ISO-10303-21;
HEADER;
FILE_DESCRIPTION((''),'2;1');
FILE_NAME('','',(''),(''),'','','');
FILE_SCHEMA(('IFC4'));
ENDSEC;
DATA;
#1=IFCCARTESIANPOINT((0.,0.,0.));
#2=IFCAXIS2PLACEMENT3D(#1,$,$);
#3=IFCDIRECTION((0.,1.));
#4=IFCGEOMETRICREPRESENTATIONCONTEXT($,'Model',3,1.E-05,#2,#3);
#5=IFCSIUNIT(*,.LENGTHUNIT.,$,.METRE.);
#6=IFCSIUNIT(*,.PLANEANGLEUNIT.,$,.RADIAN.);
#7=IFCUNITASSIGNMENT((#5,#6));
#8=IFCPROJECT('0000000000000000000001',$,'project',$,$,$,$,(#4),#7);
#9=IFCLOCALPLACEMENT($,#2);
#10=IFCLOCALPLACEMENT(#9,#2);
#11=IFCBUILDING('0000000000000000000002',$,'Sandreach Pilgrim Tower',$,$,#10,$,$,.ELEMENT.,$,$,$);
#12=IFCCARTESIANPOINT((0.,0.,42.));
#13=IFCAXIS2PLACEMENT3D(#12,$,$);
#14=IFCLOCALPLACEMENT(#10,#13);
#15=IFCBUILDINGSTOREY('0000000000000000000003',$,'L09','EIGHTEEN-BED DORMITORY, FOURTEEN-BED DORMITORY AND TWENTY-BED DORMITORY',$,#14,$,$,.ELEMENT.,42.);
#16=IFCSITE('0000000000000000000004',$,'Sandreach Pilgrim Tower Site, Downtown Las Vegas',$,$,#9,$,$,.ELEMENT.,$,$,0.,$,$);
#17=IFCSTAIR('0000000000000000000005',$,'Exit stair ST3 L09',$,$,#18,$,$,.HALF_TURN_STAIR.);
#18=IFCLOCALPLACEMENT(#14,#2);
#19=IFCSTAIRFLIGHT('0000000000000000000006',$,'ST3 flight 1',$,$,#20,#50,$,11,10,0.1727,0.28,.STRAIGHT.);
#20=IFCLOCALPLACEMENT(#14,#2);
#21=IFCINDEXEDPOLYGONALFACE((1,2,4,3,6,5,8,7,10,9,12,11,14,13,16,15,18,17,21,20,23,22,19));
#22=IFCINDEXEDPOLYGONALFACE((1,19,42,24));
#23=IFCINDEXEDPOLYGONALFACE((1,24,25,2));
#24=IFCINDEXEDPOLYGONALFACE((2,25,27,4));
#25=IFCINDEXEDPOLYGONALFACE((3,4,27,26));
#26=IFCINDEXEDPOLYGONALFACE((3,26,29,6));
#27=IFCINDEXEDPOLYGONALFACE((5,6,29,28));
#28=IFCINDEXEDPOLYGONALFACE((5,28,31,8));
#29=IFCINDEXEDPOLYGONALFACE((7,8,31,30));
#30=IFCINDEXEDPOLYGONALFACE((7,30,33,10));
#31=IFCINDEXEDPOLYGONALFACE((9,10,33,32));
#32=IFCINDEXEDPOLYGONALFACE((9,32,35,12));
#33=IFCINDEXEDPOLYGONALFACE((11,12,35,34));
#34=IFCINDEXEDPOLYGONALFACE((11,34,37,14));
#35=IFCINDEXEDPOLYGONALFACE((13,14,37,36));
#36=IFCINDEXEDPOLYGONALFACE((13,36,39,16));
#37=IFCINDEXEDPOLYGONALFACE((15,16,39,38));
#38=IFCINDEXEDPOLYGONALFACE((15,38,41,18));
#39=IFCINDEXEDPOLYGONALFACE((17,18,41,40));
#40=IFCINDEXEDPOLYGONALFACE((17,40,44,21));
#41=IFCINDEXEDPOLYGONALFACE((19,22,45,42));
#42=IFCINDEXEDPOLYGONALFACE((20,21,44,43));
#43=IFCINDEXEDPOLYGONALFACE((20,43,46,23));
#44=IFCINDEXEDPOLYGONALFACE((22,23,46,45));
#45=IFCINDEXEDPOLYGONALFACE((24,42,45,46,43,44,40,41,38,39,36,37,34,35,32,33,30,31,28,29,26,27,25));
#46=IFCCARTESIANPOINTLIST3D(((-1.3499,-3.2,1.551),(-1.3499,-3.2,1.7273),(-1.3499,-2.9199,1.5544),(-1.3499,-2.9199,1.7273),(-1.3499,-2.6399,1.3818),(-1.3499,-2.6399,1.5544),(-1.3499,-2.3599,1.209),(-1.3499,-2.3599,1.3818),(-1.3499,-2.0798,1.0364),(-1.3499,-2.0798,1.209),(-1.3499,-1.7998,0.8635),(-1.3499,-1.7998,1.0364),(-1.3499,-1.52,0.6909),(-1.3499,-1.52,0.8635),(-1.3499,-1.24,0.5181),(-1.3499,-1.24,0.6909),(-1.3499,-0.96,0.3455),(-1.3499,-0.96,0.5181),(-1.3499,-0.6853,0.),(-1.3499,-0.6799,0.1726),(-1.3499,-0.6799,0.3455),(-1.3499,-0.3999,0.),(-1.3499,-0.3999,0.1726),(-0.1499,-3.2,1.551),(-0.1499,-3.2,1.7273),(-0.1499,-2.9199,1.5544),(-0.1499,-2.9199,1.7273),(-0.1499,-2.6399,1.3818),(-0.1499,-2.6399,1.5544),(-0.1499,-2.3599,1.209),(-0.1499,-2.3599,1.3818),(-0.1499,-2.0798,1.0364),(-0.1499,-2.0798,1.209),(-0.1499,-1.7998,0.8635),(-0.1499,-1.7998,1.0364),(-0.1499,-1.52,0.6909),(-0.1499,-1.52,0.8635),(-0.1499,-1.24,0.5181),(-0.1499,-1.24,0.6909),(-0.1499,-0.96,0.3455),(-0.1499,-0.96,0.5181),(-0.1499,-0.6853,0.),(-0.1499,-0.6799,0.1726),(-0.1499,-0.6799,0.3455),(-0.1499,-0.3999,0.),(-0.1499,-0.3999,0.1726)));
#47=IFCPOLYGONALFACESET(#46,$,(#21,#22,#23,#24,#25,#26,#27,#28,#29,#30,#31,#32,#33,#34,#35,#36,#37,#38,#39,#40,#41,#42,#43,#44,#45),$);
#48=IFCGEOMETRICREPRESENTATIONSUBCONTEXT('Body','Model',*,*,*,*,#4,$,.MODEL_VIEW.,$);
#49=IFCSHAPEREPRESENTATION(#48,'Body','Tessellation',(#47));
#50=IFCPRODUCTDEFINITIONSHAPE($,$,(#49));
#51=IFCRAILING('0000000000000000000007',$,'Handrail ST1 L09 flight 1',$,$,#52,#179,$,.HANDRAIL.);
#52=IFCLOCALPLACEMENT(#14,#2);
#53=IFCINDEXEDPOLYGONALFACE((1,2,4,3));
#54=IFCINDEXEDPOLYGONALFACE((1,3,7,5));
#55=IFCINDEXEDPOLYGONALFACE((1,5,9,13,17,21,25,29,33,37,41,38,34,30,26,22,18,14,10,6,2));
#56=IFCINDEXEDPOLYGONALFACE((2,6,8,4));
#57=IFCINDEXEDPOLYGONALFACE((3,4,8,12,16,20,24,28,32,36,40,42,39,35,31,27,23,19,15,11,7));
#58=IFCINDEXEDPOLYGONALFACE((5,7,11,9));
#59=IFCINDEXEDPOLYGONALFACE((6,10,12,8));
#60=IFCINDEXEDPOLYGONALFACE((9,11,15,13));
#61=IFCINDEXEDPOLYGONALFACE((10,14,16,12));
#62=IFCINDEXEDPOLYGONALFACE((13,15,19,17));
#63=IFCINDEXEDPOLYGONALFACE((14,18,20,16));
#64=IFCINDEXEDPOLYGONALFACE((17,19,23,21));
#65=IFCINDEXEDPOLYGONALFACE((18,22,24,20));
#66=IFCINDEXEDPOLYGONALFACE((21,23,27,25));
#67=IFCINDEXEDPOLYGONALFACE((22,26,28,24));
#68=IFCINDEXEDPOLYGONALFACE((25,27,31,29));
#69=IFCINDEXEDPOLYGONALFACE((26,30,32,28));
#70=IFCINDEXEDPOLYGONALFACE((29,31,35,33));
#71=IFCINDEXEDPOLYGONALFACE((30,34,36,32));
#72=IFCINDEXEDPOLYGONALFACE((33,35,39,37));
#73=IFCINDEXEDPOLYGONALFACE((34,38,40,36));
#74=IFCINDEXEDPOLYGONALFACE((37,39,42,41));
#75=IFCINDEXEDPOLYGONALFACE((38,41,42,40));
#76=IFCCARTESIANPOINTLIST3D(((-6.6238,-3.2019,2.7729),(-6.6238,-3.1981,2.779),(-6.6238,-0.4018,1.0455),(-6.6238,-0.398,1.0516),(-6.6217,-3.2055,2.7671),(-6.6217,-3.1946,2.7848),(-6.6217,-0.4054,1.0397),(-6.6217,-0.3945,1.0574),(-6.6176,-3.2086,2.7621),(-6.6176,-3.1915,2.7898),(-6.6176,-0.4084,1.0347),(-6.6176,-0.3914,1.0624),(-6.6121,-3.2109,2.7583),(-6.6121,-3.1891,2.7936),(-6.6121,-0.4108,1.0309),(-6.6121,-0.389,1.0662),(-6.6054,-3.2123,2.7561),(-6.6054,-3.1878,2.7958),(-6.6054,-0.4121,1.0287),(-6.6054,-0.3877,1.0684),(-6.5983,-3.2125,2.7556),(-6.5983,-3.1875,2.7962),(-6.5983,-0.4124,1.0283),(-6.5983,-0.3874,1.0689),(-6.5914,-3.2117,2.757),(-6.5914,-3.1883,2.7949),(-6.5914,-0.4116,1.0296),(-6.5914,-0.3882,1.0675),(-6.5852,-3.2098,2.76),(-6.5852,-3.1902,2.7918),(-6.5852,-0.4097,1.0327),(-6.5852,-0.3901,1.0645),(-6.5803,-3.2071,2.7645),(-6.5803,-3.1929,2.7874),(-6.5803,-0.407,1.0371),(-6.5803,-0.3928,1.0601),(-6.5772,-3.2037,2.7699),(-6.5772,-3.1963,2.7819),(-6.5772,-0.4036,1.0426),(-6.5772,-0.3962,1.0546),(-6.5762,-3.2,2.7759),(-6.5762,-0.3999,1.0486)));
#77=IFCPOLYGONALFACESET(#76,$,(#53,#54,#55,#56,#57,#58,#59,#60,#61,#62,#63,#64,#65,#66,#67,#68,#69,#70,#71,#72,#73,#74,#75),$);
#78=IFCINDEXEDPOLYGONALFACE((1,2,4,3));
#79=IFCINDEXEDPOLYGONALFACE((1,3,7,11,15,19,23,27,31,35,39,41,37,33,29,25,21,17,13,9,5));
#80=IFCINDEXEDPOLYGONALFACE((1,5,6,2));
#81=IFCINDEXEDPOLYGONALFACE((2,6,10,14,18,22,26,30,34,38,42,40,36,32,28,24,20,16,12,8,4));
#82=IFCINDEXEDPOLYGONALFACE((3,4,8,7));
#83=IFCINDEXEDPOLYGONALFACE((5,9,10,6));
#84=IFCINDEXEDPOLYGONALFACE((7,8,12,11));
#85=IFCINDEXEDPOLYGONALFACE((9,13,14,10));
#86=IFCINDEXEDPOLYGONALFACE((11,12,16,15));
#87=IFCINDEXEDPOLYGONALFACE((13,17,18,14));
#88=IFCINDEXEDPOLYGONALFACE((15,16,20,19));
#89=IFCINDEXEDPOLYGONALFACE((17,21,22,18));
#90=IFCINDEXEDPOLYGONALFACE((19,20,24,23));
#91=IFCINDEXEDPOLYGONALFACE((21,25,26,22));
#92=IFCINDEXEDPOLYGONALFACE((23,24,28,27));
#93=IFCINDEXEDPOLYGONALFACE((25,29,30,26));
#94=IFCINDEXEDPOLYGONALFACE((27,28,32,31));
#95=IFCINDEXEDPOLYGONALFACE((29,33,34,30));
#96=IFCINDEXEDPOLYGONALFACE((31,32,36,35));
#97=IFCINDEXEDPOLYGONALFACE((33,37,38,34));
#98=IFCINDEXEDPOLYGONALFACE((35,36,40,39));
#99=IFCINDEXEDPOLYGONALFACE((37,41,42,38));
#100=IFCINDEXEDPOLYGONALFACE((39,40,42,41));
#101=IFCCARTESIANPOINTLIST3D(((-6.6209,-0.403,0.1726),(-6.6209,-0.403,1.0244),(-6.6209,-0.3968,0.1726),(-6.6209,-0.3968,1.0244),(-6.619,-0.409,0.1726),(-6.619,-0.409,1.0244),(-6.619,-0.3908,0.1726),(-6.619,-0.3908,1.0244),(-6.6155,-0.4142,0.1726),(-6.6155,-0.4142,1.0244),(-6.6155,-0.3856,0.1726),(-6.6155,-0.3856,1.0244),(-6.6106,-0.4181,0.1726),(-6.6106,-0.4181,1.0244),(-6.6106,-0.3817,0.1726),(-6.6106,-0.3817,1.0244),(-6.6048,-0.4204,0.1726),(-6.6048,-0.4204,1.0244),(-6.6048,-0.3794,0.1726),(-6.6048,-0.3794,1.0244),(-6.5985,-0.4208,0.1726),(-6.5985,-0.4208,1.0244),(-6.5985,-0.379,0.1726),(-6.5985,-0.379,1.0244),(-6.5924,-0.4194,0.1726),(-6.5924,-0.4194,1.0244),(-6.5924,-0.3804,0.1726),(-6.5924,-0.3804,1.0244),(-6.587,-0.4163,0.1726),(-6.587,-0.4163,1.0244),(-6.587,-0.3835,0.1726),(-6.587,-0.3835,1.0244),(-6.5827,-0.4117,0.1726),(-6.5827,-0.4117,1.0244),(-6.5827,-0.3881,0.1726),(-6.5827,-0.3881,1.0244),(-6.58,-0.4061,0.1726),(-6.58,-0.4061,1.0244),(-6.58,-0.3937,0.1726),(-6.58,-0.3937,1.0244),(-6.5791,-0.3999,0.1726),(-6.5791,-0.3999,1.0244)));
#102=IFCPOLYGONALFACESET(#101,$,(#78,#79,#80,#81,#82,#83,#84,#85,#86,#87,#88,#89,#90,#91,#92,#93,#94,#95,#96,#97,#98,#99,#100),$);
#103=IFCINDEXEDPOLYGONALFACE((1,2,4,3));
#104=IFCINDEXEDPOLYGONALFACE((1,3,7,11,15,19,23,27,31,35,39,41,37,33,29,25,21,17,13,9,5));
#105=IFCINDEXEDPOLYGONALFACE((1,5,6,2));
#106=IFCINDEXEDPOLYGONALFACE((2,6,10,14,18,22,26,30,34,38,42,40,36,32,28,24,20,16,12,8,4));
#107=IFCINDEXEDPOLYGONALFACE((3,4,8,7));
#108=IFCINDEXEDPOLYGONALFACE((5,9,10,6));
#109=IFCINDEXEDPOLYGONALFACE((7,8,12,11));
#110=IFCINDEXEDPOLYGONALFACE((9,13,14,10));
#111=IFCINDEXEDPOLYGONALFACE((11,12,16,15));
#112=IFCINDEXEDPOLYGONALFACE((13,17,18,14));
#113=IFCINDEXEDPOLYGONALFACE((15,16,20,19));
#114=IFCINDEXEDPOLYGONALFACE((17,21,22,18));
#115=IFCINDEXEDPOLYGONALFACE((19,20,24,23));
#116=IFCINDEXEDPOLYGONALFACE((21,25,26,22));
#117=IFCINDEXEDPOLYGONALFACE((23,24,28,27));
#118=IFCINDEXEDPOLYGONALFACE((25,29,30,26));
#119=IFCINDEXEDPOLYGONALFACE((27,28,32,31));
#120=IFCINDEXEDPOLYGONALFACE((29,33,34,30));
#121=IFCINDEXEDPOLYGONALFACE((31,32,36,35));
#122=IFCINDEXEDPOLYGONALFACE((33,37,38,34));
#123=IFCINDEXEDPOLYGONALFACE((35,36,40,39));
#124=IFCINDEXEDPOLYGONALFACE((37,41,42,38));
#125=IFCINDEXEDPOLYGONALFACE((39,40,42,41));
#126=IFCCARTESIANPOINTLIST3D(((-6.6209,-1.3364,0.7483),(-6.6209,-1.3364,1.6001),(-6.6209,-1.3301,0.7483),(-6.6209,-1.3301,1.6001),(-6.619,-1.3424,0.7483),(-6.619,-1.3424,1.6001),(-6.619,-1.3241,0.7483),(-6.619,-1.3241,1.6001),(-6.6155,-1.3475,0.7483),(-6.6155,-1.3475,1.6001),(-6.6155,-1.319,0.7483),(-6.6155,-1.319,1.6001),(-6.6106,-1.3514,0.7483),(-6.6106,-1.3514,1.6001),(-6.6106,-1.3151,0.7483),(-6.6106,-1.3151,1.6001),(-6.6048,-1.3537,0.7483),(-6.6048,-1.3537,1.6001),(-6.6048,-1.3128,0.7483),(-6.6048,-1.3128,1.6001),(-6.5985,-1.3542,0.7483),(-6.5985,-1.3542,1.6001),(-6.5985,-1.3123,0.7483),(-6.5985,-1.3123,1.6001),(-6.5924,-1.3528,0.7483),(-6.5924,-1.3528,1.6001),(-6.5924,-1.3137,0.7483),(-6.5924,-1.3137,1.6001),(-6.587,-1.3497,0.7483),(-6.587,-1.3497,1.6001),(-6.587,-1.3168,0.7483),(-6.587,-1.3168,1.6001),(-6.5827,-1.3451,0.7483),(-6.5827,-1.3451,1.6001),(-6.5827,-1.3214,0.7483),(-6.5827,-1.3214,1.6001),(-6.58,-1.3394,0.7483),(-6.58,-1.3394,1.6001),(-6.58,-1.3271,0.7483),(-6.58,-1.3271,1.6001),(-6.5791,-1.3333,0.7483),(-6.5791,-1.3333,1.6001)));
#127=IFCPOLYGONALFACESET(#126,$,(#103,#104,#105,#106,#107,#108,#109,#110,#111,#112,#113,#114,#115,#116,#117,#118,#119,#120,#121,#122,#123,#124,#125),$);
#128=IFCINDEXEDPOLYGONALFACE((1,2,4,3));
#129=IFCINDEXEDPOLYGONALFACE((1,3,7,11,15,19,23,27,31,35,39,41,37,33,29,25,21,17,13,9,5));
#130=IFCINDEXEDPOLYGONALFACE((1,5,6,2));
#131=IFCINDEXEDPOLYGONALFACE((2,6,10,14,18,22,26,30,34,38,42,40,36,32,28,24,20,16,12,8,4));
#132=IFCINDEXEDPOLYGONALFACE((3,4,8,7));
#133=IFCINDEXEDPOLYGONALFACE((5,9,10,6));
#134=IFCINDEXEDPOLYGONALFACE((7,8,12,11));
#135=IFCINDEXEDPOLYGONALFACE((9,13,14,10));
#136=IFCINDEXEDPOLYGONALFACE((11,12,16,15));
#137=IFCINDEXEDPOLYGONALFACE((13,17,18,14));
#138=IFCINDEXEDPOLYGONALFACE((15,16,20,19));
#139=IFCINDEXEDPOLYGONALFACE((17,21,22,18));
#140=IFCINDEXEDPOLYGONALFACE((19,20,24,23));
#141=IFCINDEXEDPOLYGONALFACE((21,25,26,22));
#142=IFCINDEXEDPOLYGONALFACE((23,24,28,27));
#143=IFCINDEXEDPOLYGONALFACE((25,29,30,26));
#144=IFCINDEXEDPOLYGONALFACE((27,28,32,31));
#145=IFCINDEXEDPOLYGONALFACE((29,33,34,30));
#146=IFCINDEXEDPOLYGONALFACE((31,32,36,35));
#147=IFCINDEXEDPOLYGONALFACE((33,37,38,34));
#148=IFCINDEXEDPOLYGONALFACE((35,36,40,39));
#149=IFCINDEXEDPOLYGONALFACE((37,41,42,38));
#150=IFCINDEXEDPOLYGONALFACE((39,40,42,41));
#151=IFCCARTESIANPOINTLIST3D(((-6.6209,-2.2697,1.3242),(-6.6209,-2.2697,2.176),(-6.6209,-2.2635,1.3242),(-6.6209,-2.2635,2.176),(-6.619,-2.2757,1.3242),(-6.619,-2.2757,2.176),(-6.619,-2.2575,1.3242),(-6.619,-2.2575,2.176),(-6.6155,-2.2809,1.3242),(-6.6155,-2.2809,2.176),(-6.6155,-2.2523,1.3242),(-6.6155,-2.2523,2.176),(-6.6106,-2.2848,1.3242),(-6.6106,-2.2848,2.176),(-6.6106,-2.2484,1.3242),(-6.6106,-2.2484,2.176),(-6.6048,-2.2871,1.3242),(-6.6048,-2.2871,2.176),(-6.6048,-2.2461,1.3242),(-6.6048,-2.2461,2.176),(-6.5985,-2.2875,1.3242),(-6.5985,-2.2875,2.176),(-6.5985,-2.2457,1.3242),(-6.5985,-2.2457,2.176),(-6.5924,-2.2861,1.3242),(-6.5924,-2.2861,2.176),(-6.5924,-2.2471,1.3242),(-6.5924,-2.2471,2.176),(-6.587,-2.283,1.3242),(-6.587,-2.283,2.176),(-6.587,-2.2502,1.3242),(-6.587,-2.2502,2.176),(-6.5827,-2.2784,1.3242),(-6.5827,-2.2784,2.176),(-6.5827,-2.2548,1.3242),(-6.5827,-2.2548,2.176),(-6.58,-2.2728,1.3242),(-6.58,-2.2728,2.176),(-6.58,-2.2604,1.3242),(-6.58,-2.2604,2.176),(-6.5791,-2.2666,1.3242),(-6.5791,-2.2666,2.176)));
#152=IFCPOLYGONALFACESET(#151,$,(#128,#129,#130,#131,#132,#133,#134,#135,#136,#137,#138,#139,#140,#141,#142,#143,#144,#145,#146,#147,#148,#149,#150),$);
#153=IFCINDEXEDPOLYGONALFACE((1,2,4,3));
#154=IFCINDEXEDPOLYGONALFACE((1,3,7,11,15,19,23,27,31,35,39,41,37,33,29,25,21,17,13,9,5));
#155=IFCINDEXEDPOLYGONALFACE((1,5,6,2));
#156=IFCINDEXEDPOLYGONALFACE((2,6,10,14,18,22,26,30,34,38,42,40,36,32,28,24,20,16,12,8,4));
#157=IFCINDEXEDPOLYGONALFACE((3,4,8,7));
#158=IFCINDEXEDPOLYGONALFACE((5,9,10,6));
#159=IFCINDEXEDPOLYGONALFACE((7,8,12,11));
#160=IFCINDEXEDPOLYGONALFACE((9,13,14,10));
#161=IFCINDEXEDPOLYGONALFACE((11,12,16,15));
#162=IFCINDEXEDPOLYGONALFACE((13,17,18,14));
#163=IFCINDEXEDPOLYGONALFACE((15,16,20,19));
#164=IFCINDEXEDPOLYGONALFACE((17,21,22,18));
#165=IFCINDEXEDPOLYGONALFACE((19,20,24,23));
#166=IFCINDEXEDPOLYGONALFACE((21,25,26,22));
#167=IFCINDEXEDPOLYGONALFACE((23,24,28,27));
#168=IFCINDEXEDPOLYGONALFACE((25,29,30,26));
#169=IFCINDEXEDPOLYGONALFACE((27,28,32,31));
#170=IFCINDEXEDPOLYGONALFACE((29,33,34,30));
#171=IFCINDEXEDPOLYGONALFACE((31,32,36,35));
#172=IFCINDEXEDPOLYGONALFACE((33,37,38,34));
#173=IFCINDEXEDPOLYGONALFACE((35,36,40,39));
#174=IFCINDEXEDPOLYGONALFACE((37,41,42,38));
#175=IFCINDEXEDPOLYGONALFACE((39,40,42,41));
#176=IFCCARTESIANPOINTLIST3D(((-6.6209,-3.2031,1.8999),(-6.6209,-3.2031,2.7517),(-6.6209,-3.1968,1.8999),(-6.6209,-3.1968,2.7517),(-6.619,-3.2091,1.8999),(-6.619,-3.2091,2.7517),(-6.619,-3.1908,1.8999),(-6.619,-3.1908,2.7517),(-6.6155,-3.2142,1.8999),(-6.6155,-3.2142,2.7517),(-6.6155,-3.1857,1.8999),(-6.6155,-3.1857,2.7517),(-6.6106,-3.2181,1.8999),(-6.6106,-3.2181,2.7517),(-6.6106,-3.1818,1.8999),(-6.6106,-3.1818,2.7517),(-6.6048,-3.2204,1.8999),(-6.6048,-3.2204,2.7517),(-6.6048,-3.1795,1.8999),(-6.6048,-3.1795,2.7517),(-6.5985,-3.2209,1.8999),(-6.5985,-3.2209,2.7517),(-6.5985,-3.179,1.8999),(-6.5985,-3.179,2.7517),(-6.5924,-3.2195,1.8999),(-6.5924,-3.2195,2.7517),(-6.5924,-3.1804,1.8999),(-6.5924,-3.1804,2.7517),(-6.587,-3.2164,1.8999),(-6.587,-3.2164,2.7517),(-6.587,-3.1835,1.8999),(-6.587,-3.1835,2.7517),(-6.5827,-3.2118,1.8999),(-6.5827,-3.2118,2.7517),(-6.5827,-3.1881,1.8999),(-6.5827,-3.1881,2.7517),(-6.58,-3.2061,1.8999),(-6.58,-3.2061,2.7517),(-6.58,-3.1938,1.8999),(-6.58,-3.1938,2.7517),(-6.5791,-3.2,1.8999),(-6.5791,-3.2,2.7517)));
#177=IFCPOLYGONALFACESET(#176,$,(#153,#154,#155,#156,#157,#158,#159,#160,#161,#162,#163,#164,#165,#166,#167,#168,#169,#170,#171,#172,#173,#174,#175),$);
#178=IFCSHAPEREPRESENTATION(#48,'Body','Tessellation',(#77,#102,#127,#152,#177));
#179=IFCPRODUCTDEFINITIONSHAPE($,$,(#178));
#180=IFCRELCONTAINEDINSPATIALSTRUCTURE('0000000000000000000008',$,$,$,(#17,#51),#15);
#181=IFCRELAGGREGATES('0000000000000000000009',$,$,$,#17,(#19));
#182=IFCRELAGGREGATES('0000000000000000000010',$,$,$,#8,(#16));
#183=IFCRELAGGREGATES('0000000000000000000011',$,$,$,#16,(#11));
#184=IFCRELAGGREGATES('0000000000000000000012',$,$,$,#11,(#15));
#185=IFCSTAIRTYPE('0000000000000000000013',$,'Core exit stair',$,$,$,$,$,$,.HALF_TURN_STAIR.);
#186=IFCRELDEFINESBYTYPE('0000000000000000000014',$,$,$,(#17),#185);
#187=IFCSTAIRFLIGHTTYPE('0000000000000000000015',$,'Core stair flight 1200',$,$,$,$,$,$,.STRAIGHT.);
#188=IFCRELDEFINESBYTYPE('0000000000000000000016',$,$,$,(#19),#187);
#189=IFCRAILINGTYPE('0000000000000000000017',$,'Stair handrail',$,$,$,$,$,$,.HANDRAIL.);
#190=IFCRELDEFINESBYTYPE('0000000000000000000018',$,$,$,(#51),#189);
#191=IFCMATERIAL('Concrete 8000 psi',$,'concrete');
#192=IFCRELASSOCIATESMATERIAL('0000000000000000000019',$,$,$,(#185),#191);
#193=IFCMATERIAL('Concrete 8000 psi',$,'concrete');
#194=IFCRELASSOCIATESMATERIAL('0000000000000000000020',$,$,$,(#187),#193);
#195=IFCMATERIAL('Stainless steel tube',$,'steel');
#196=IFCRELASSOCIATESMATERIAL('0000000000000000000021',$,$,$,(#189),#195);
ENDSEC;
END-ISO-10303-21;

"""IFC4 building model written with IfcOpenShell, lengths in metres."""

from ifc_helpers import new_model, si_unit, direction, frame, origin, origin_2d, place, context, subcontext, project, spatial, polyline, circle, outline, extrude, material, type_object, element, aggregate, save


model = new_model("IFC4")

# Units and contexts
model_context = context("Model", 3, precision=1e-05, world=origin(), true_north=direction((0.0, 1.0)))
body_context = subcontext(model_context, "Body", "Model", "MODEL_VIEW")
ifc_project = project(units=[si_unit("LENGTHUNIT", "METRE"), si_unit("PLANEANGLEUNIT", "RADIAN")], contexts=[model_context])

# Site, building, storey
site_placement = place(None, origin())
site = spatial("IfcSite", under=ifc_project, at=site_placement, Name="Sandreach Pilgrim Tower Site, Downtown Las Vegas", CompositionType="ELEMENT", RefElevation=0.0)
building_placement = place(site_placement, origin())
building = spatial("IfcBuilding", under=site, at=building_placement, Name="Sandreach Pilgrim Tower", CompositionType="ELEMENT")
storey_placement = place(building_placement, frame((0.0, 0.0, 42.0)))
storey = spatial("IfcBuildingStorey", under=building, at=storey_placement, Name="L09", Description="EIGHTEEN-BED DORMITORY, FOURTEEN-BED DORMITORY AND TWENTY-BED DORMITORY", CompositionType="ELEMENT", Elevation=42.0)

# Stair, stair flight
ifc_material_1 = material(Name="Concrete 8000 psi", Category="concrete")
stair_type = type_object("IfcStairType", Name="Core exit stair", PredefinedType="HALF_TURN_STAIR", material=ifc_material_1)
ifc_material_2 = material(Name="Concrete 8000 psi", Category="concrete")
stair_flight_type = type_object("IfcStairFlightType", Name="Core stair flight 1200", PredefinedType="STRAIGHT", material=ifc_material_2)
stair_1_placement = place(storey_placement, origin())
stair_1 = element("IfcStair", 1, at=stair_1_placement, inside=storey, type_object=stair_type, Name="Exit stair ST3 L09", PredefinedType="HALF_TURN_STAIR")
stair_flight_1_placement = place(storey_placement, frame((-0.75, -0.3999, 0.0), z_axis=(0.0, 0.0, 1.0), x_axis=(0.0, -1.0, 0.0)))
stair_flight_1 = element("IfcStairFlight", 2, at=stair_flight_1_placement, type_object=stair_flight_type, Name="ST3 flight 1", NumberOfRisers=11, NumberOfTreads=10, PredefinedType="STRAIGHT", RiserHeight=0.1727, TreadLength=0.28, context=body_context, shape_type="SweptSolid", body=[
    extrude(outline(polyline([(0.0, 0.0), (0.0, 0.1726), (0.28, 0.1726), (0.28, 0.3455), (0.5601, 0.3455), (0.5601, 0.5181), (0.8401, 0.5181), (0.8401, 0.6909), (1.1201, 0.6909), (1.1201, 0.8635), (1.3999, 0.8635), (1.3999, 1.0364), (1.6799, 1.0364), (1.6799, 1.209), (1.96, 1.209), (1.96, 1.3818), (2.24, 1.3818), (2.24, 1.5544), (2.52, 1.5544), (2.52, 1.7273), (2.8, 1.7273), (2.8, 1.8999), (2.8, 1.551), (0.2854, 0.0), (0.0, 0.0)])), frame((0.0, 0.6001, 0.0), z_axis=(0.0, -1.0, 0.0), x_axis=(1.0, 0.0, 0.0)), (0.0, 0.0, 1.0), 1.2),
])
aggregate(stair_1, [stair_flight_1])

# Railing
ifc_material_3 = material(Name="Stainless steel tube", Category="steel")
railing_type = type_object("IfcRailingType", Name="Stair handrail", PredefinedType="HANDRAIL", material=ifc_material_3)
railing_placement = place(storey_placement, frame((-6.6001, -0.3999, 0.1726)))
element("IfcRailing", 3, at=railing_placement, inside=storey, type_object=railing_type, Name="Handrail ST1 L09 flight 1", PredefinedType="HANDRAIL", context=body_context, shape_type="SweptSolid", body=[
    extrude(circle(Radius=0.0239, at=origin_2d()), frame((0.0, 0.0, 0.876), z_axis=(0.0, -0.85109, 0.52502), x_axis=(1.0, 0.0, 0.0)), (0.0, 0.0, 1.0), 3.29),
    extrude(circle(Radius=0.021, at=origin_2d()), origin(), (0.0, 0.0, 1.0), 0.8518),
    extrude(circle(Radius=0.021, at=origin_2d()), frame((0.0, -0.9333, 0.5757)), (0.0, 0.0, 1.0), 0.8518),
    extrude(circle(Radius=0.021, at=origin_2d()), frame((0.0, -1.8667, 1.1516)), (0.0, 0.0, 1.0), 0.8518),
    extrude(circle(Radius=0.021, at=origin_2d()), frame((0.0, -2.8, 1.7273)), (0.0, 0.0, 1.0), 0.8518),
])

save(model, "model.ifc")
